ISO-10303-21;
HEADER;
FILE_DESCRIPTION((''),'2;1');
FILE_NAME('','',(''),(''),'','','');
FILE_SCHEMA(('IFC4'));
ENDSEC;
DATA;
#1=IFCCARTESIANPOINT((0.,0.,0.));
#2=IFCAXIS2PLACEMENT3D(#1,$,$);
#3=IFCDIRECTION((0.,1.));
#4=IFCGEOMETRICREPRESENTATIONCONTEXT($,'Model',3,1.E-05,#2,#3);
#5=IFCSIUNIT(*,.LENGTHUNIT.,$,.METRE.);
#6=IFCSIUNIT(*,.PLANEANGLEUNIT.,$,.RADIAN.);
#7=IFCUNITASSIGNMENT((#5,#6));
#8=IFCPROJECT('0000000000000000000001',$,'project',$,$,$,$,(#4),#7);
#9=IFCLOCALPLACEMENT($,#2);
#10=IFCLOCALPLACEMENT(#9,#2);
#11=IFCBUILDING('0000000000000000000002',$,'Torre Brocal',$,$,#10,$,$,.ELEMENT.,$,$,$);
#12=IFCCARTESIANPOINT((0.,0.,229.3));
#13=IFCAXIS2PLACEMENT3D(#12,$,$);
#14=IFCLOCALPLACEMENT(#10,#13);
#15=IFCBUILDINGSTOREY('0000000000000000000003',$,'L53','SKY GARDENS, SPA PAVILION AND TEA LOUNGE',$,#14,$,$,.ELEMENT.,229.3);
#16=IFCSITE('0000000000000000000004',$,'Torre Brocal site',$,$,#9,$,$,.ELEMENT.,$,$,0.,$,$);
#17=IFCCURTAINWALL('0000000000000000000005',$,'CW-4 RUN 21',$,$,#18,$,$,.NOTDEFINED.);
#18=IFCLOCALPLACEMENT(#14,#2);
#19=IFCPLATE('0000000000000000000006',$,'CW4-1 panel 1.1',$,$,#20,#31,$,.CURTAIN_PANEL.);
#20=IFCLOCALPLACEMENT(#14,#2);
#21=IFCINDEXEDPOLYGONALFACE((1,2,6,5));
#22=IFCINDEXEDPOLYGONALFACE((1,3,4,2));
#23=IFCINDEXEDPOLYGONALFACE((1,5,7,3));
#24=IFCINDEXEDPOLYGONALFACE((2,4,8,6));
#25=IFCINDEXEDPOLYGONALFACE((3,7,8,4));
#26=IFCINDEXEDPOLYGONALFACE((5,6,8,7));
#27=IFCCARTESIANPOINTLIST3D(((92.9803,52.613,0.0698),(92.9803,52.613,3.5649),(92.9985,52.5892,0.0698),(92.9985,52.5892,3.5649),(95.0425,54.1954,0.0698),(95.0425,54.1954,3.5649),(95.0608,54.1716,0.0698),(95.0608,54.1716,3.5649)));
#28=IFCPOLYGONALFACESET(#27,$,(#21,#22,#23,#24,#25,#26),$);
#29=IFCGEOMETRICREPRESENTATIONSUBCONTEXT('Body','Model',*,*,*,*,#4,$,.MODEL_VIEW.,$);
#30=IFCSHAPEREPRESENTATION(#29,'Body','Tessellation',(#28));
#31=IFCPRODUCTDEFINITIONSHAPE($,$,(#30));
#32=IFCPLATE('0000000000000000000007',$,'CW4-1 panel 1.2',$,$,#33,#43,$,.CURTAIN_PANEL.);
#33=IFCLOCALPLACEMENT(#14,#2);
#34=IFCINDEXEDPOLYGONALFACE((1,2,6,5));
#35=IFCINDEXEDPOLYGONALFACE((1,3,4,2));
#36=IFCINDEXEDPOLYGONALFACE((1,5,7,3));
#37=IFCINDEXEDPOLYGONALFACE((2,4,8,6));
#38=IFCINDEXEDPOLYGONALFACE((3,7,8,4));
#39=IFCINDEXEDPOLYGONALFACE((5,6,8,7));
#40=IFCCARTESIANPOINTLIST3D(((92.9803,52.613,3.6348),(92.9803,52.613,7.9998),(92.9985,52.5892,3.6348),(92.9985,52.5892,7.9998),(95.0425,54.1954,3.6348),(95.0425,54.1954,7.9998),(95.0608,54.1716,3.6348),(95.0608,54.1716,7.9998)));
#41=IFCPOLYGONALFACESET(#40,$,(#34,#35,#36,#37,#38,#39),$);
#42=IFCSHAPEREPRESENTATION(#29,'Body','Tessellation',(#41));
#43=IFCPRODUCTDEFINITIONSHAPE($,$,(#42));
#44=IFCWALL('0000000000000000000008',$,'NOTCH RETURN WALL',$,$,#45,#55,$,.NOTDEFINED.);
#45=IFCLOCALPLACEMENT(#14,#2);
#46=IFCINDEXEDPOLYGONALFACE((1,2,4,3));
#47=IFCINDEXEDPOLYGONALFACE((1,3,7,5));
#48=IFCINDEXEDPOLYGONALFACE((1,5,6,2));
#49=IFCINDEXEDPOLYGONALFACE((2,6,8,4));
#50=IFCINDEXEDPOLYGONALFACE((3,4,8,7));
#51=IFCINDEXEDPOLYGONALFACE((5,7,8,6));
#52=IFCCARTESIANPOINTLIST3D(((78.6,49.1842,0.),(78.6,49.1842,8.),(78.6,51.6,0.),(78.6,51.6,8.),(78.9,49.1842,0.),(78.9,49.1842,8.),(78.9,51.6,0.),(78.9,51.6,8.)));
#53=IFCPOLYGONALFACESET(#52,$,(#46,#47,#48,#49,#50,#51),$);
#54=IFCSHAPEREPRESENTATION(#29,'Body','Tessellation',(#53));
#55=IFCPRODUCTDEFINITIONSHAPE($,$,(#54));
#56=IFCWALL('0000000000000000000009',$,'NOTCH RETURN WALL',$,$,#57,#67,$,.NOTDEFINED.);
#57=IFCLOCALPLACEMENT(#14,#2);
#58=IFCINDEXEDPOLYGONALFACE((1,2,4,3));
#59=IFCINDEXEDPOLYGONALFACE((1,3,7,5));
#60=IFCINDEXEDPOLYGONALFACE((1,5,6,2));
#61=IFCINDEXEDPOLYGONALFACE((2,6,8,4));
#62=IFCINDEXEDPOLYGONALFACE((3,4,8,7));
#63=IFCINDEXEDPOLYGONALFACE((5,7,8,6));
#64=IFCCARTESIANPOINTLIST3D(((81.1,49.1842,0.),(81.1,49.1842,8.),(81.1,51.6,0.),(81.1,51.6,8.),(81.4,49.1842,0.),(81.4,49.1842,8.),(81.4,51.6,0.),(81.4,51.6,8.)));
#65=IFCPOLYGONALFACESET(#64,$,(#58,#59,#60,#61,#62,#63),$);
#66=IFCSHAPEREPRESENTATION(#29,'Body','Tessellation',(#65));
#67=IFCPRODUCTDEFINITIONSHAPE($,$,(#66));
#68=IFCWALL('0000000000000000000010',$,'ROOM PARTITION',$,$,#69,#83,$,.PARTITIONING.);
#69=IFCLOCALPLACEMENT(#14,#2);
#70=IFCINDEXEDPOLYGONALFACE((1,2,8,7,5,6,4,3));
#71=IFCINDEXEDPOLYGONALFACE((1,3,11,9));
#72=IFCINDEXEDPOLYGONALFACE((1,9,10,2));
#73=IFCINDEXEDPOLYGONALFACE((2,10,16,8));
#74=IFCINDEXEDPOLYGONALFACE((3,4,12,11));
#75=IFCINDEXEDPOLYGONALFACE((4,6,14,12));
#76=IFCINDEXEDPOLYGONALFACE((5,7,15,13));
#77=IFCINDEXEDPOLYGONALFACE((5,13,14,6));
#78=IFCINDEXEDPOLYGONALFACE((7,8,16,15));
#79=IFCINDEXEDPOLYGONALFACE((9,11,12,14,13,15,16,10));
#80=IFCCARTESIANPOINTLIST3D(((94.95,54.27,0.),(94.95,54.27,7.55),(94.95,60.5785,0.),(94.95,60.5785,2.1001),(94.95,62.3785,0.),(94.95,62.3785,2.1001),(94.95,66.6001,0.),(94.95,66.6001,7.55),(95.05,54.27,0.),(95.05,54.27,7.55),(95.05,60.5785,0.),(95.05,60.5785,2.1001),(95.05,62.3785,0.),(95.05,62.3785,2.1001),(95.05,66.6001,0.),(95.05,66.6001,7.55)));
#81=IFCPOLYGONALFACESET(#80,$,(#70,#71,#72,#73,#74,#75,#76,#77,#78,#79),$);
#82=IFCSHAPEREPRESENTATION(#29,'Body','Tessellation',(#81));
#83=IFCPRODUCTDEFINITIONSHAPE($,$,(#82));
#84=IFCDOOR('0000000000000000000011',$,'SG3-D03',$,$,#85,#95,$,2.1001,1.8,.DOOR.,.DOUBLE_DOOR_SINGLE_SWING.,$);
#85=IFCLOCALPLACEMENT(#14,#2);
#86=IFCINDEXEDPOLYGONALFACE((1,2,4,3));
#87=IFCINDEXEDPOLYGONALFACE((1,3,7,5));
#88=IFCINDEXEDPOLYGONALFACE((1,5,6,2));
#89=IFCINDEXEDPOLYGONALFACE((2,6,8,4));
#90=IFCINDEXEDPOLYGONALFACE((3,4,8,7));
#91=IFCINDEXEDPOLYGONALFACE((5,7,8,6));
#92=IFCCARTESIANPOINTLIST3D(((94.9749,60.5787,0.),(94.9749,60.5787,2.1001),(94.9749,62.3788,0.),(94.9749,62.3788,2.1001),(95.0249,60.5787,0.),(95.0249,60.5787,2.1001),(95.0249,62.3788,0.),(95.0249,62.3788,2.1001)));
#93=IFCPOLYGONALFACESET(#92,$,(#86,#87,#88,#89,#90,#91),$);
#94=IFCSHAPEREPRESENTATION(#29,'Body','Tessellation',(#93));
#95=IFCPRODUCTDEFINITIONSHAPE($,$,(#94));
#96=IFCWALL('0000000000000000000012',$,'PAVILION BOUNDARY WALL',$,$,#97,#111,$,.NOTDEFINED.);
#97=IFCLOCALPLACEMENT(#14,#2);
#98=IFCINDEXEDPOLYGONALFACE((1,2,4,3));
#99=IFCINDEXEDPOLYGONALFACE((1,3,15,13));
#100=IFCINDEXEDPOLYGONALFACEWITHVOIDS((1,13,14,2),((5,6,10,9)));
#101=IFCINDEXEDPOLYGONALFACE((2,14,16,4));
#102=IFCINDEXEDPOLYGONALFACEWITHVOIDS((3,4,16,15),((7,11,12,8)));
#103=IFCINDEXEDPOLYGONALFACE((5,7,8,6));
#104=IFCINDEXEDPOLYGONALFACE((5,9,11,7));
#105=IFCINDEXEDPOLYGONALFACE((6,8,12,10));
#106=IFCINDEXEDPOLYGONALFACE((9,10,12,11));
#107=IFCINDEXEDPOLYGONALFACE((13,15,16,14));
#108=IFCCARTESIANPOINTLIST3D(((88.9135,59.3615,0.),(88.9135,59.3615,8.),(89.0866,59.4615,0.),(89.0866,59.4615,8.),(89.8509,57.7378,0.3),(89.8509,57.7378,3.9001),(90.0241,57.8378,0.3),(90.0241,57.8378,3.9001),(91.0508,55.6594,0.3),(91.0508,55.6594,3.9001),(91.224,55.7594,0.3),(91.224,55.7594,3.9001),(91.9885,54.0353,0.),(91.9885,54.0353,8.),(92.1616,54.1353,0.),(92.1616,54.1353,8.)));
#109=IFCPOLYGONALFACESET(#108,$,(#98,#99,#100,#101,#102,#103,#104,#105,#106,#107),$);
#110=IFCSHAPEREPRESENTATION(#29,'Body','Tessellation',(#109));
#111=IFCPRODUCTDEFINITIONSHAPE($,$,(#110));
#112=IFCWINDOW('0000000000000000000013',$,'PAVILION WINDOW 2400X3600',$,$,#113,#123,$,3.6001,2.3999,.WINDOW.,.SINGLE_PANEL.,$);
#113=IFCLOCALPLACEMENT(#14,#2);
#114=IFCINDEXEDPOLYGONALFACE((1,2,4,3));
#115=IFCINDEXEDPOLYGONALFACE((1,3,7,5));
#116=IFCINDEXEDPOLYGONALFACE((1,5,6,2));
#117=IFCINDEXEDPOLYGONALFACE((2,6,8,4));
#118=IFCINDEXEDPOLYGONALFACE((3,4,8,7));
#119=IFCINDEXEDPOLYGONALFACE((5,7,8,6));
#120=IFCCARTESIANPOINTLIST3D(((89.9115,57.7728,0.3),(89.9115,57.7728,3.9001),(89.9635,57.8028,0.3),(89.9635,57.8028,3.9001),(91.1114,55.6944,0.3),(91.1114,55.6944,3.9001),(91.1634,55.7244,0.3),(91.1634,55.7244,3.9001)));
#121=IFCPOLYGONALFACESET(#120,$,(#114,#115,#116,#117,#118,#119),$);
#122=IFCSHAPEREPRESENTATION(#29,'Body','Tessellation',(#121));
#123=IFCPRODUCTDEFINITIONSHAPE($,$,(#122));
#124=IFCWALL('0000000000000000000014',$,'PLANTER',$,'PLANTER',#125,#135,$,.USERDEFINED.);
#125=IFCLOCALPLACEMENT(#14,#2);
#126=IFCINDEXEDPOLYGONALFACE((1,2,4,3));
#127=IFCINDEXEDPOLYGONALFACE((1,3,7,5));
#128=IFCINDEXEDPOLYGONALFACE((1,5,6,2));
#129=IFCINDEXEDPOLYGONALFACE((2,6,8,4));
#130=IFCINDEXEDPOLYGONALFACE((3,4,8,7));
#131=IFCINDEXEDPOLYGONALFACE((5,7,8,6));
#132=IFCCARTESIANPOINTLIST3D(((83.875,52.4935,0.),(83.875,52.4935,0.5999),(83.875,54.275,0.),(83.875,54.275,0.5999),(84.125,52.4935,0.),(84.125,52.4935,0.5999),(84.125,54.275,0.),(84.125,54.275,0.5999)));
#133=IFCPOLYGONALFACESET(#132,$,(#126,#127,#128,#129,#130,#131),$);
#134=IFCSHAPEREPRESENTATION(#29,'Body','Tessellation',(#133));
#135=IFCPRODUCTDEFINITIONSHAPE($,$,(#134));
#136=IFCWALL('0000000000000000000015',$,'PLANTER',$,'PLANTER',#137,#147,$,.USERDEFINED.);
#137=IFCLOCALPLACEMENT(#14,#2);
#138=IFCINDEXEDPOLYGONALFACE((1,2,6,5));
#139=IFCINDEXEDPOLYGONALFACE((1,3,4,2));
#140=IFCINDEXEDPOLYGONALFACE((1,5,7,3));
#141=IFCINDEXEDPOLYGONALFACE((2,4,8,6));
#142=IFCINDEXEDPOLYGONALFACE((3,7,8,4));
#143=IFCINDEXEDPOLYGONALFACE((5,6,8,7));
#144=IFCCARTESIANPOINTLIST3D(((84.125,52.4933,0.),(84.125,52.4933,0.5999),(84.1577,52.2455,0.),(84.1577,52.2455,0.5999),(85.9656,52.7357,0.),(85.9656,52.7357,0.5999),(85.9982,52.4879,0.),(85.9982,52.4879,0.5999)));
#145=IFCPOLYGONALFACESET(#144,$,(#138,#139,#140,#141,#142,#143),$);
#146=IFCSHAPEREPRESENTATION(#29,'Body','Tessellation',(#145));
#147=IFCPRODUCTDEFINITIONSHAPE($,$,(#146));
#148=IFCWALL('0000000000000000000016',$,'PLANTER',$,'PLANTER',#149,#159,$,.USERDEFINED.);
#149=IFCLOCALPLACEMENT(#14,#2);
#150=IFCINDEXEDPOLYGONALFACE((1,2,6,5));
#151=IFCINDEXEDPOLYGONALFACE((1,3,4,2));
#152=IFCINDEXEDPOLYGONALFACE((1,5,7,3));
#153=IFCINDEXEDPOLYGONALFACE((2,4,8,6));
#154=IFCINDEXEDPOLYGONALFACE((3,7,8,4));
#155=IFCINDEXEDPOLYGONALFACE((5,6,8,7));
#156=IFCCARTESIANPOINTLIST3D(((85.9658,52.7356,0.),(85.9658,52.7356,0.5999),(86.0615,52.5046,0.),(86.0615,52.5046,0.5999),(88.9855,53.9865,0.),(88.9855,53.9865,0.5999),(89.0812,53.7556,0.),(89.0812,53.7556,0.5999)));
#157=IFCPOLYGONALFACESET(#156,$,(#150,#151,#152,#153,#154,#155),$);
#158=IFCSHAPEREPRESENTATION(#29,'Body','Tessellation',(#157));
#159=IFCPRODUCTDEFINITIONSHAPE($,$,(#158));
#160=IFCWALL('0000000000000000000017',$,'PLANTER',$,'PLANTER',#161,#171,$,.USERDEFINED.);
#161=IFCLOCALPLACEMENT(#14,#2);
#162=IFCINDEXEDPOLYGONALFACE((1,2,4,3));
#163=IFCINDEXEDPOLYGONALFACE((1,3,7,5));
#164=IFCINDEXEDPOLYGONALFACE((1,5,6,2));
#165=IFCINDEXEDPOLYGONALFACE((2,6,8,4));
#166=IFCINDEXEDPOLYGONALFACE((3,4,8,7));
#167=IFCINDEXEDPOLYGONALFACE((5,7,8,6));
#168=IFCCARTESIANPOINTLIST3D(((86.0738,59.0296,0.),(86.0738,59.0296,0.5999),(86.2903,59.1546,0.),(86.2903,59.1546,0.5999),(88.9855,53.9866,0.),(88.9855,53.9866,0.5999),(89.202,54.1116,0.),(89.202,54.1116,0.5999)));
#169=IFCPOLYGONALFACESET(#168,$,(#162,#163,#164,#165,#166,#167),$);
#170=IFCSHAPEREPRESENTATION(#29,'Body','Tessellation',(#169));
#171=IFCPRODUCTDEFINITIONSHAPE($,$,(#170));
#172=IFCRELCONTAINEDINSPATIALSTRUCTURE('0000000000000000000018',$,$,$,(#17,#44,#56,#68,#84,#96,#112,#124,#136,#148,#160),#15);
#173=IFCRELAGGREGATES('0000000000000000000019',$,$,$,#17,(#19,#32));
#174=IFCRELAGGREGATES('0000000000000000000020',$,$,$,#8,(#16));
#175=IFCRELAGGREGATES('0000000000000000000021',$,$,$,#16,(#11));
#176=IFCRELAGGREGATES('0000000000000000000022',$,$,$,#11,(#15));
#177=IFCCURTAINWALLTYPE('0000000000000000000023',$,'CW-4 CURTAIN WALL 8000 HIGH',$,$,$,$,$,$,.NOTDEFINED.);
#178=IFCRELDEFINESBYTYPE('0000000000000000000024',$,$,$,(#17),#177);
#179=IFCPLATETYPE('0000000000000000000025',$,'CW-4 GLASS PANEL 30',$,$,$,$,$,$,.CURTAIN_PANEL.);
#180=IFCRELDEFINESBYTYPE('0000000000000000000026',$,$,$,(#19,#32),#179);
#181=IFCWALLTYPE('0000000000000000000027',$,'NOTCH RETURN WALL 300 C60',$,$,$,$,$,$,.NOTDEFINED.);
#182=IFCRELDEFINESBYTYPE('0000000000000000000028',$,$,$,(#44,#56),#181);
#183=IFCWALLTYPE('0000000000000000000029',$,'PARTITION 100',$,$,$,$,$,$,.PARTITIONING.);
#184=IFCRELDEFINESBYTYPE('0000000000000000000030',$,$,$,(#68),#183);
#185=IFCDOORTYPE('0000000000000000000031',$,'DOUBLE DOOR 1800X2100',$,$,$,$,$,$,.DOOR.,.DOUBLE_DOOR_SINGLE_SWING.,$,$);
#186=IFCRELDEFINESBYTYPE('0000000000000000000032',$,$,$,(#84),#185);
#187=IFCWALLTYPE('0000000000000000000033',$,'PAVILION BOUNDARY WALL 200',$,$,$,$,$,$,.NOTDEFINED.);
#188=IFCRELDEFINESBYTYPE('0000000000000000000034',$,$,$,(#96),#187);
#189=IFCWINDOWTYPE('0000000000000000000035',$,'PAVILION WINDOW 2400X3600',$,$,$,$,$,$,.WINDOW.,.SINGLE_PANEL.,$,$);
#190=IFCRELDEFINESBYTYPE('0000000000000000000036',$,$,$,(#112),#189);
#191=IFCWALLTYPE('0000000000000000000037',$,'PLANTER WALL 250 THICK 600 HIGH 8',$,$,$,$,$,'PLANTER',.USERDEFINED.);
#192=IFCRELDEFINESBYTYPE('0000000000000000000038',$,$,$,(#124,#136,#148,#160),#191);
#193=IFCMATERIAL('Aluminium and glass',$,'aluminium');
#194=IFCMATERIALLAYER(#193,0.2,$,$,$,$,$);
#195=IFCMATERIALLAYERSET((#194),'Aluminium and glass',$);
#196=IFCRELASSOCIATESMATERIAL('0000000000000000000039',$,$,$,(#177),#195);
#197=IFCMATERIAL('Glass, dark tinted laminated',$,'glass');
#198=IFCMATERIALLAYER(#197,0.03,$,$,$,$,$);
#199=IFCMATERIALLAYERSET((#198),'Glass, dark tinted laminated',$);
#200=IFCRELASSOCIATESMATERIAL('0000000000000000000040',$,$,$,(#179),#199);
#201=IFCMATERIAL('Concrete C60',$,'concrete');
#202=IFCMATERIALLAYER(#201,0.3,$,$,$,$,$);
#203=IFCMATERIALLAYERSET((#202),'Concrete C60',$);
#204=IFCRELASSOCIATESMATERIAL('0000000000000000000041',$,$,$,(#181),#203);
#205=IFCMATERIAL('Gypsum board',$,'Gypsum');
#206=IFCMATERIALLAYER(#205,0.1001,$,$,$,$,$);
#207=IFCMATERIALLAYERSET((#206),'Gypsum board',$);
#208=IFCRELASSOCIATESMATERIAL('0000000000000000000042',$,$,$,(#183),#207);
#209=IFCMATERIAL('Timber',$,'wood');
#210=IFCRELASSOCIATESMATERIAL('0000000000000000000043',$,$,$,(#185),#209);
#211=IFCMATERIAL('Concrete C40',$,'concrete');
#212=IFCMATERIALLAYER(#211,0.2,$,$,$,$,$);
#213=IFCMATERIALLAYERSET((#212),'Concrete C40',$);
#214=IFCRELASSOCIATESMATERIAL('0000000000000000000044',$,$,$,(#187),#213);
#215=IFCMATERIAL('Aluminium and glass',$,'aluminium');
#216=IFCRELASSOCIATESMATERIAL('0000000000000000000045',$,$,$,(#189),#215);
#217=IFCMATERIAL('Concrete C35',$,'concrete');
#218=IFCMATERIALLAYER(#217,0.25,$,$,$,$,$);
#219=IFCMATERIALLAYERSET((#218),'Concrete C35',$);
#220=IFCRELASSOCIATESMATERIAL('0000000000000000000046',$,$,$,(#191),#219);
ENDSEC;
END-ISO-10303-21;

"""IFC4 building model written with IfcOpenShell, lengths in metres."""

from ifc_helpers import new_model, si_unit, direction, frame, frame_2d, origin, origin_2d, place, context, subcontext, project, spatial, rectangle, extrude, material, layer, layer_set, type_object, element, fill, aggregate, save


model = new_model("IFC4")

# Units and contexts
model_context = context("Model", 3, precision=1e-05, world=origin(), true_north=direction((0.0, 1.0)))
body_context = subcontext(model_context, "Body", "Model", "MODEL_VIEW")
ifc_project = project(units=[si_unit("LENGTHUNIT", "METRE"), si_unit("PLANEANGLEUNIT", "RADIAN")], contexts=[model_context])

# Site, building, storey
site_placement = place(None, origin())
site = spatial("IfcSite", under=ifc_project, at=site_placement, Name="Torre Brocal site", CompositionType="ELEMENT", RefElevation=0.0)
building_placement = place(site_placement, origin())
building = spatial("IfcBuilding", under=site, at=building_placement, Name="Torre Brocal", CompositionType="ELEMENT")
storey_placement = place(building_placement, frame((0.0, 0.0, 229.3)))
storey = spatial("IfcBuildingStorey", under=building, at=storey_placement, Name="L53", Description="SKY GARDENS, SPA PAVILION AND TEA LOUNGE", CompositionType="ELEMENT", Elevation=229.3)

# Curtain wall
ifc_material_1 = material(Name="Aluminium and glass", Category="aluminium")
ifc_layer_1 = layer(ifc_material_1, 0.2)
ifc_layer_set_1 = layer_set([ifc_layer_1], Name="Aluminium and glass")
curtain_wall_type = type_object("IfcCurtainWallType", Name="CW-4 CURTAIN WALL 8000 HIGH", PredefinedType="NOTDEFINED", material=ifc_layer_set_1)
curtain_wall_placement = place(storey_placement, origin())
curtain_wall = element("IfcCurtainWall", 1, at=curtain_wall_placement, inside=storey, type_object=curtain_wall_type, Name="CW-4 RUN 21", PredefinedType="NOTDEFINED")

# Plates
ifc_material_2 = material(Name="Glass, dark tinted laminated", Category="glass")
ifc_layer_2 = layer(ifc_material_2, 0.03)
ifc_layer_set_2 = layer_set([ifc_layer_2], Name="Glass, dark tinted laminated")
plate_type = type_object("IfcPlateType", Name="CW-4 GLASS PANEL 30", PredefinedType="CURTAIN_PANEL", material=ifc_layer_set_2)
plate_1_placement = place(storey_placement, frame((94.0205, 53.3923, 0.0698), z_axis=(0.0, 0.0, 1.0), x_axis=(0.793353, 0.608761, 0.0)))
plate_1 = element("IfcPlate", 2, at=plate_1_placement, type_object=plate_type, Name="CW4-1 panel 1.1", PredefinedType="CURTAIN_PANEL", context=body_context, shape_type="SweptSolid", body=[
    extrude(rectangle(XDim=2.5994, YDim=0.03, at=origin_2d()), origin(), (0.0, 0.0, 1.0), 3.4951),
])
plate_2_placement = place(storey_placement, frame((94.0205, 53.3923, 3.6348), z_axis=(0.0, 0.0, 1.0), x_axis=(0.793353, 0.608761, 0.0)))
plate_2 = element("IfcPlate", 3, at=plate_2_placement, type_object=plate_type, Name="CW4-1 panel 1.2", PredefinedType="CURTAIN_PANEL", context=body_context, shape_type="SweptSolid", body=[
    extrude(rectangle(XDim=2.5994, YDim=0.03, at=origin_2d()), origin(), (0.0, 0.0, 1.0), 4.365),
])
aggregate(curtain_wall, [plate_1, plate_2])

# Walls
ifc_material_3 = material(Name="Concrete C60", Category="concrete")
ifc_layer_3 = layer(ifc_material_3, 0.3)
ifc_layer_set_3 = layer_set([ifc_layer_3], Name="Concrete C60")
wall_type_1 = type_object("IfcWallType", Name="NOTCH RETURN WALL 300 C60", PredefinedType="NOTDEFINED", material=ifc_layer_set_3)
for number, where, z_axis, x_axis, name in (
    (4, (78.75, 51.6001, 0.0), (0.0, 0.0, 1.0), (0.0, -1.0, 0.0), "NOTCH RETURN WALL"),
    (5, (81.25, 51.6001, 0.0), (0.0, 0.0, 1.0), (0.0, -1.0, 0.0), "NOTCH RETURN WALL"),
):
    element("IfcWall", number, at=place(storey_placement, frame(where, z_axis=z_axis, x_axis=x_axis)), inside=storey, type_object=wall_type_1, Name=name, PredefinedType="NOTDEFINED", context=body_context, shape_type="SweptSolid", body=[
        extrude(rectangle(XDim=2.4158, YDim=0.3, at=frame_2d((1.208, 0.0))), origin(), (0.0, 0.0, 1.0), 8.0),
    ])

# Wall, opening, door
ifc_material_4 = material(Name="Gypsum board", Category="Gypsum")
ifc_layer_4 = layer(ifc_material_4, 0.1001)
ifc_layer_set_4 = layer_set([ifc_layer_4], Name="Gypsum board")
wall_type_2 = type_object("IfcWallType", Name="PARTITION 100", PredefinedType="PARTITIONING", material=ifc_layer_set_4)
wall_1_placement = place(storey_placement, frame((95.0, 54.27, 0.0), z_axis=(0.0, 0.0, 1.0), x_axis=(0.0, 1.0, 0.0)))
wall_1 = element("IfcWall", 6, at=wall_1_placement, inside=storey, type_object=wall_type_2, Name="ROOM PARTITION", PredefinedType="PARTITIONING", context=body_context, shape_type="SweptSolid", body=[
    extrude(rectangle(XDim=12.3301, YDim=0.1001, at=frame_2d((6.165, 0.0))), origin(), (0.0, 0.0, 1.0), 7.55),
])
opening_1_placement = place(wall_1_placement, frame((6.3086, 0.0, 0.0)))
opening_1 = element("IfcOpeningElement", 7, at=opening_1_placement, cuts=wall_1, PredefinedType="OPENING", context=body_context, shape_type="SweptSolid", body=[
    extrude(rectangle(XDim=1.8, YDim=2.1001, at=frame_2d((0.8999, 1.05))), frame((0.0, 0.0601, 0.0), z_axis=(0.0, -1.0, 0.0), x_axis=(1.0, 0.0, 0.0)), (0.0, 0.0, 1.0), 0.1201),
])
ifc_material_5 = material(Name="Timber", Category="wood")
door_type = type_object("IfcDoorType", Name="DOUBLE DOOR 1800X2100", OperationType="DOUBLE_DOOR_SINGLE_SWING", PredefinedType="DOOR", material=ifc_material_5)
door_placement = place(opening_1_placement, frame((1.8, 0.0, 0.0), z_axis=(0.0, 0.0, 1.0), x_axis=(-1.0, 0.0, 0.0)))
door = element("IfcDoor", 8, at=door_placement, inside=storey, type_object=door_type, Name="SG3-D03", OperationType="DOUBLE_DOOR_SINGLE_SWING", OverallHeight=2.1001, OverallWidth=1.8, PredefinedType="DOOR", context=body_context, shape_type="SweptSolid", body=[
    extrude(rectangle(XDim=1.8, YDim=2.1001, at=frame_2d((0.8999, 1.05))), frame((0.0, 0.0249, 0.0), z_axis=(0.0, -1.0, 0.0), x_axis=(1.0, 0.0, 0.0)), (0.0, 0.0, 1.0), 0.05),
])
fill(opening_1, door)

# Wall, opening, window
ifc_material_6 = material(Name="Concrete C40", Category="concrete")
ifc_layer_5 = layer(ifc_material_6, 0.2)
ifc_layer_set_5 = layer_set([ifc_layer_5], Name="Concrete C40")
wall_type_3 = type_object("IfcWallType", Name="PAVILION BOUNDARY WALL 200", PredefinedType="NOTDEFINED", material=ifc_layer_set_5)
wall_2_placement = place(storey_placement, frame((89.0, 59.4116, 0.0), z_axis=(0.0, 0.0, 1.0), x_axis=(0.499986, -0.866034, 0.0)))
wall_2 = element("IfcWall", 9, at=wall_2_placement, inside=storey, type_object=wall_type_3, Name="PAVILION BOUNDARY WALL", PredefinedType="NOTDEFINED", context=body_context, shape_type="SweptSolid", body=[
    extrude(rectangle(XDim=6.1501, YDim=0.2, at=frame_2d((3.0752, 0.0))), origin(), (0.0, 0.0, 1.0), 8.0),
])
opening_2_placement = place(wall_2_placement, frame((1.875, 0.0, 0.3)))
opening_2 = element("IfcOpeningElement", 10, at=opening_2_placement, cuts=wall_2, PredefinedType="OPENING", context=body_context, shape_type="SweptSolid", body=[
    extrude(rectangle(XDim=2.3999, YDim=3.6001, at=frame_2d((1.2, 1.8))), frame((0.0, 0.1099, 0.0), z_axis=(0.0, -1.0, 0.0), x_axis=(1.0, 0.0, 0.0)), (0.0, 0.0, 1.0), 0.22),
])
ifc_material_7 = material(Name="Aluminium and glass", Category="aluminium")
window_type = type_object("IfcWindowType", Name="PAVILION WINDOW 2400X3600", PartitioningType="SINGLE_PANEL", PredefinedType="WINDOW", material=ifc_material_7)
window_placement = place(opening_2_placement, origin())
window = element("IfcWindow", 11, at=window_placement, inside=storey, type_object=window_type, Name="PAVILION WINDOW 2400X3600", OverallHeight=3.6001, OverallWidth=2.3999, PartitioningType="SINGLE_PANEL", PredefinedType="WINDOW", context=body_context, shape_type="SweptSolid", body=[
    extrude(rectangle(XDim=2.3999, YDim=3.6001, at=frame_2d((1.2, 1.8))), frame((0.0, 0.03, 0.0), z_axis=(0.0, -1.0, 0.0), x_axis=(1.0, 0.0, 0.0)), (0.0, 0.0, 1.0), 0.0601),
])
fill(opening_2, window)

# Walls
ifc_material_8 = material(Name="Concrete C35", Category="concrete")
ifc_layer_6 = layer(ifc_material_8, 0.25)
ifc_layer_set_6 = layer_set([ifc_layer_6], Name="Concrete C35")
wall_type_4 = type_object("IfcWallType", Name="PLANTER WALL 250 THICK 600 HIGH 8", ElementType="PLANTER", PredefinedType="USERDEFINED", material=ifc_layer_set_6)
wall_3_placement = place(storey_placement, frame((84.0, 54.2749, 0.0), z_axis=(0.0, 0.0, 1.0), x_axis=(0.0, -1.0, 0.0)))
element("IfcWall", 12, at=wall_3_placement, inside=storey, type_object=wall_type_4, Name="PLANTER", ObjectType="PLANTER", PredefinedType="USERDEFINED", context=body_context, shape_type="SweptSolid", body=[
    extrude(rectangle(XDim=1.7815, YDim=0.25, at=frame_2d((0.8906, 0.0))), origin(), (0.0, 0.0, 1.0), 0.5999),
])
wall_4_placement = place(storey_placement, frame((84.1414, 52.3694, 0.0), z_axis=(0.0, 0.0, 1.0), x_axis=(0.991437, 0.130587, 0.0)))
element("IfcWall", 13, at=wall_4_placement, inside=storey, type_object=wall_type_4, Name="PLANTER", ObjectType="PLANTER", PredefinedType="USERDEFINED", context=body_context, shape_type="SweptSolid", body=[
    extrude(rectangle(XDim=1.8564, YDim=0.25, at=frame_2d((0.9282, 0.0))), origin(), (0.0, 0.0, 1.0), 0.5999),
])
wall_5_placement = place(storey_placement, frame((86.0137, 52.6201, 0.0), z_axis=(0.0, 0.0, 1.0), x_axis=(0.923864, 0.382721, 0.0)))
element("IfcWall", 14, at=wall_5_placement, inside=storey, type_object=wall_type_4, Name="PLANTER", ObjectType="PLANTER", PredefinedType="USERDEFINED", context=body_context, shape_type="SweptSolid", body=[
    extrude(rectangle(XDim=3.2686, YDim=0.25, at=frame_2d((1.6343, 0.0))), origin(), (0.0, 0.0, 1.0), 0.5999),
])
wall_6_placement = place(storey_placement, frame((89.0938, 54.0491, 0.0), z_axis=(0.0, 0.0, 1.0), x_axis=(-0.500008, 0.866021, 0.0)))
element("IfcWall", 15, at=wall_6_placement, inside=storey, type_object=wall_type_4, Name="PLANTER", ObjectType="PLANTER", PredefinedType="USERDEFINED", context=body_context, shape_type="SweptSolid", body=[
    extrude(rectangle(XDim=5.8232, YDim=0.25, at=frame_2d((2.9116, 0.0))), origin(), (0.0, 0.0, 1.0), 0.5999),
])

save(model, "model.ifc")
